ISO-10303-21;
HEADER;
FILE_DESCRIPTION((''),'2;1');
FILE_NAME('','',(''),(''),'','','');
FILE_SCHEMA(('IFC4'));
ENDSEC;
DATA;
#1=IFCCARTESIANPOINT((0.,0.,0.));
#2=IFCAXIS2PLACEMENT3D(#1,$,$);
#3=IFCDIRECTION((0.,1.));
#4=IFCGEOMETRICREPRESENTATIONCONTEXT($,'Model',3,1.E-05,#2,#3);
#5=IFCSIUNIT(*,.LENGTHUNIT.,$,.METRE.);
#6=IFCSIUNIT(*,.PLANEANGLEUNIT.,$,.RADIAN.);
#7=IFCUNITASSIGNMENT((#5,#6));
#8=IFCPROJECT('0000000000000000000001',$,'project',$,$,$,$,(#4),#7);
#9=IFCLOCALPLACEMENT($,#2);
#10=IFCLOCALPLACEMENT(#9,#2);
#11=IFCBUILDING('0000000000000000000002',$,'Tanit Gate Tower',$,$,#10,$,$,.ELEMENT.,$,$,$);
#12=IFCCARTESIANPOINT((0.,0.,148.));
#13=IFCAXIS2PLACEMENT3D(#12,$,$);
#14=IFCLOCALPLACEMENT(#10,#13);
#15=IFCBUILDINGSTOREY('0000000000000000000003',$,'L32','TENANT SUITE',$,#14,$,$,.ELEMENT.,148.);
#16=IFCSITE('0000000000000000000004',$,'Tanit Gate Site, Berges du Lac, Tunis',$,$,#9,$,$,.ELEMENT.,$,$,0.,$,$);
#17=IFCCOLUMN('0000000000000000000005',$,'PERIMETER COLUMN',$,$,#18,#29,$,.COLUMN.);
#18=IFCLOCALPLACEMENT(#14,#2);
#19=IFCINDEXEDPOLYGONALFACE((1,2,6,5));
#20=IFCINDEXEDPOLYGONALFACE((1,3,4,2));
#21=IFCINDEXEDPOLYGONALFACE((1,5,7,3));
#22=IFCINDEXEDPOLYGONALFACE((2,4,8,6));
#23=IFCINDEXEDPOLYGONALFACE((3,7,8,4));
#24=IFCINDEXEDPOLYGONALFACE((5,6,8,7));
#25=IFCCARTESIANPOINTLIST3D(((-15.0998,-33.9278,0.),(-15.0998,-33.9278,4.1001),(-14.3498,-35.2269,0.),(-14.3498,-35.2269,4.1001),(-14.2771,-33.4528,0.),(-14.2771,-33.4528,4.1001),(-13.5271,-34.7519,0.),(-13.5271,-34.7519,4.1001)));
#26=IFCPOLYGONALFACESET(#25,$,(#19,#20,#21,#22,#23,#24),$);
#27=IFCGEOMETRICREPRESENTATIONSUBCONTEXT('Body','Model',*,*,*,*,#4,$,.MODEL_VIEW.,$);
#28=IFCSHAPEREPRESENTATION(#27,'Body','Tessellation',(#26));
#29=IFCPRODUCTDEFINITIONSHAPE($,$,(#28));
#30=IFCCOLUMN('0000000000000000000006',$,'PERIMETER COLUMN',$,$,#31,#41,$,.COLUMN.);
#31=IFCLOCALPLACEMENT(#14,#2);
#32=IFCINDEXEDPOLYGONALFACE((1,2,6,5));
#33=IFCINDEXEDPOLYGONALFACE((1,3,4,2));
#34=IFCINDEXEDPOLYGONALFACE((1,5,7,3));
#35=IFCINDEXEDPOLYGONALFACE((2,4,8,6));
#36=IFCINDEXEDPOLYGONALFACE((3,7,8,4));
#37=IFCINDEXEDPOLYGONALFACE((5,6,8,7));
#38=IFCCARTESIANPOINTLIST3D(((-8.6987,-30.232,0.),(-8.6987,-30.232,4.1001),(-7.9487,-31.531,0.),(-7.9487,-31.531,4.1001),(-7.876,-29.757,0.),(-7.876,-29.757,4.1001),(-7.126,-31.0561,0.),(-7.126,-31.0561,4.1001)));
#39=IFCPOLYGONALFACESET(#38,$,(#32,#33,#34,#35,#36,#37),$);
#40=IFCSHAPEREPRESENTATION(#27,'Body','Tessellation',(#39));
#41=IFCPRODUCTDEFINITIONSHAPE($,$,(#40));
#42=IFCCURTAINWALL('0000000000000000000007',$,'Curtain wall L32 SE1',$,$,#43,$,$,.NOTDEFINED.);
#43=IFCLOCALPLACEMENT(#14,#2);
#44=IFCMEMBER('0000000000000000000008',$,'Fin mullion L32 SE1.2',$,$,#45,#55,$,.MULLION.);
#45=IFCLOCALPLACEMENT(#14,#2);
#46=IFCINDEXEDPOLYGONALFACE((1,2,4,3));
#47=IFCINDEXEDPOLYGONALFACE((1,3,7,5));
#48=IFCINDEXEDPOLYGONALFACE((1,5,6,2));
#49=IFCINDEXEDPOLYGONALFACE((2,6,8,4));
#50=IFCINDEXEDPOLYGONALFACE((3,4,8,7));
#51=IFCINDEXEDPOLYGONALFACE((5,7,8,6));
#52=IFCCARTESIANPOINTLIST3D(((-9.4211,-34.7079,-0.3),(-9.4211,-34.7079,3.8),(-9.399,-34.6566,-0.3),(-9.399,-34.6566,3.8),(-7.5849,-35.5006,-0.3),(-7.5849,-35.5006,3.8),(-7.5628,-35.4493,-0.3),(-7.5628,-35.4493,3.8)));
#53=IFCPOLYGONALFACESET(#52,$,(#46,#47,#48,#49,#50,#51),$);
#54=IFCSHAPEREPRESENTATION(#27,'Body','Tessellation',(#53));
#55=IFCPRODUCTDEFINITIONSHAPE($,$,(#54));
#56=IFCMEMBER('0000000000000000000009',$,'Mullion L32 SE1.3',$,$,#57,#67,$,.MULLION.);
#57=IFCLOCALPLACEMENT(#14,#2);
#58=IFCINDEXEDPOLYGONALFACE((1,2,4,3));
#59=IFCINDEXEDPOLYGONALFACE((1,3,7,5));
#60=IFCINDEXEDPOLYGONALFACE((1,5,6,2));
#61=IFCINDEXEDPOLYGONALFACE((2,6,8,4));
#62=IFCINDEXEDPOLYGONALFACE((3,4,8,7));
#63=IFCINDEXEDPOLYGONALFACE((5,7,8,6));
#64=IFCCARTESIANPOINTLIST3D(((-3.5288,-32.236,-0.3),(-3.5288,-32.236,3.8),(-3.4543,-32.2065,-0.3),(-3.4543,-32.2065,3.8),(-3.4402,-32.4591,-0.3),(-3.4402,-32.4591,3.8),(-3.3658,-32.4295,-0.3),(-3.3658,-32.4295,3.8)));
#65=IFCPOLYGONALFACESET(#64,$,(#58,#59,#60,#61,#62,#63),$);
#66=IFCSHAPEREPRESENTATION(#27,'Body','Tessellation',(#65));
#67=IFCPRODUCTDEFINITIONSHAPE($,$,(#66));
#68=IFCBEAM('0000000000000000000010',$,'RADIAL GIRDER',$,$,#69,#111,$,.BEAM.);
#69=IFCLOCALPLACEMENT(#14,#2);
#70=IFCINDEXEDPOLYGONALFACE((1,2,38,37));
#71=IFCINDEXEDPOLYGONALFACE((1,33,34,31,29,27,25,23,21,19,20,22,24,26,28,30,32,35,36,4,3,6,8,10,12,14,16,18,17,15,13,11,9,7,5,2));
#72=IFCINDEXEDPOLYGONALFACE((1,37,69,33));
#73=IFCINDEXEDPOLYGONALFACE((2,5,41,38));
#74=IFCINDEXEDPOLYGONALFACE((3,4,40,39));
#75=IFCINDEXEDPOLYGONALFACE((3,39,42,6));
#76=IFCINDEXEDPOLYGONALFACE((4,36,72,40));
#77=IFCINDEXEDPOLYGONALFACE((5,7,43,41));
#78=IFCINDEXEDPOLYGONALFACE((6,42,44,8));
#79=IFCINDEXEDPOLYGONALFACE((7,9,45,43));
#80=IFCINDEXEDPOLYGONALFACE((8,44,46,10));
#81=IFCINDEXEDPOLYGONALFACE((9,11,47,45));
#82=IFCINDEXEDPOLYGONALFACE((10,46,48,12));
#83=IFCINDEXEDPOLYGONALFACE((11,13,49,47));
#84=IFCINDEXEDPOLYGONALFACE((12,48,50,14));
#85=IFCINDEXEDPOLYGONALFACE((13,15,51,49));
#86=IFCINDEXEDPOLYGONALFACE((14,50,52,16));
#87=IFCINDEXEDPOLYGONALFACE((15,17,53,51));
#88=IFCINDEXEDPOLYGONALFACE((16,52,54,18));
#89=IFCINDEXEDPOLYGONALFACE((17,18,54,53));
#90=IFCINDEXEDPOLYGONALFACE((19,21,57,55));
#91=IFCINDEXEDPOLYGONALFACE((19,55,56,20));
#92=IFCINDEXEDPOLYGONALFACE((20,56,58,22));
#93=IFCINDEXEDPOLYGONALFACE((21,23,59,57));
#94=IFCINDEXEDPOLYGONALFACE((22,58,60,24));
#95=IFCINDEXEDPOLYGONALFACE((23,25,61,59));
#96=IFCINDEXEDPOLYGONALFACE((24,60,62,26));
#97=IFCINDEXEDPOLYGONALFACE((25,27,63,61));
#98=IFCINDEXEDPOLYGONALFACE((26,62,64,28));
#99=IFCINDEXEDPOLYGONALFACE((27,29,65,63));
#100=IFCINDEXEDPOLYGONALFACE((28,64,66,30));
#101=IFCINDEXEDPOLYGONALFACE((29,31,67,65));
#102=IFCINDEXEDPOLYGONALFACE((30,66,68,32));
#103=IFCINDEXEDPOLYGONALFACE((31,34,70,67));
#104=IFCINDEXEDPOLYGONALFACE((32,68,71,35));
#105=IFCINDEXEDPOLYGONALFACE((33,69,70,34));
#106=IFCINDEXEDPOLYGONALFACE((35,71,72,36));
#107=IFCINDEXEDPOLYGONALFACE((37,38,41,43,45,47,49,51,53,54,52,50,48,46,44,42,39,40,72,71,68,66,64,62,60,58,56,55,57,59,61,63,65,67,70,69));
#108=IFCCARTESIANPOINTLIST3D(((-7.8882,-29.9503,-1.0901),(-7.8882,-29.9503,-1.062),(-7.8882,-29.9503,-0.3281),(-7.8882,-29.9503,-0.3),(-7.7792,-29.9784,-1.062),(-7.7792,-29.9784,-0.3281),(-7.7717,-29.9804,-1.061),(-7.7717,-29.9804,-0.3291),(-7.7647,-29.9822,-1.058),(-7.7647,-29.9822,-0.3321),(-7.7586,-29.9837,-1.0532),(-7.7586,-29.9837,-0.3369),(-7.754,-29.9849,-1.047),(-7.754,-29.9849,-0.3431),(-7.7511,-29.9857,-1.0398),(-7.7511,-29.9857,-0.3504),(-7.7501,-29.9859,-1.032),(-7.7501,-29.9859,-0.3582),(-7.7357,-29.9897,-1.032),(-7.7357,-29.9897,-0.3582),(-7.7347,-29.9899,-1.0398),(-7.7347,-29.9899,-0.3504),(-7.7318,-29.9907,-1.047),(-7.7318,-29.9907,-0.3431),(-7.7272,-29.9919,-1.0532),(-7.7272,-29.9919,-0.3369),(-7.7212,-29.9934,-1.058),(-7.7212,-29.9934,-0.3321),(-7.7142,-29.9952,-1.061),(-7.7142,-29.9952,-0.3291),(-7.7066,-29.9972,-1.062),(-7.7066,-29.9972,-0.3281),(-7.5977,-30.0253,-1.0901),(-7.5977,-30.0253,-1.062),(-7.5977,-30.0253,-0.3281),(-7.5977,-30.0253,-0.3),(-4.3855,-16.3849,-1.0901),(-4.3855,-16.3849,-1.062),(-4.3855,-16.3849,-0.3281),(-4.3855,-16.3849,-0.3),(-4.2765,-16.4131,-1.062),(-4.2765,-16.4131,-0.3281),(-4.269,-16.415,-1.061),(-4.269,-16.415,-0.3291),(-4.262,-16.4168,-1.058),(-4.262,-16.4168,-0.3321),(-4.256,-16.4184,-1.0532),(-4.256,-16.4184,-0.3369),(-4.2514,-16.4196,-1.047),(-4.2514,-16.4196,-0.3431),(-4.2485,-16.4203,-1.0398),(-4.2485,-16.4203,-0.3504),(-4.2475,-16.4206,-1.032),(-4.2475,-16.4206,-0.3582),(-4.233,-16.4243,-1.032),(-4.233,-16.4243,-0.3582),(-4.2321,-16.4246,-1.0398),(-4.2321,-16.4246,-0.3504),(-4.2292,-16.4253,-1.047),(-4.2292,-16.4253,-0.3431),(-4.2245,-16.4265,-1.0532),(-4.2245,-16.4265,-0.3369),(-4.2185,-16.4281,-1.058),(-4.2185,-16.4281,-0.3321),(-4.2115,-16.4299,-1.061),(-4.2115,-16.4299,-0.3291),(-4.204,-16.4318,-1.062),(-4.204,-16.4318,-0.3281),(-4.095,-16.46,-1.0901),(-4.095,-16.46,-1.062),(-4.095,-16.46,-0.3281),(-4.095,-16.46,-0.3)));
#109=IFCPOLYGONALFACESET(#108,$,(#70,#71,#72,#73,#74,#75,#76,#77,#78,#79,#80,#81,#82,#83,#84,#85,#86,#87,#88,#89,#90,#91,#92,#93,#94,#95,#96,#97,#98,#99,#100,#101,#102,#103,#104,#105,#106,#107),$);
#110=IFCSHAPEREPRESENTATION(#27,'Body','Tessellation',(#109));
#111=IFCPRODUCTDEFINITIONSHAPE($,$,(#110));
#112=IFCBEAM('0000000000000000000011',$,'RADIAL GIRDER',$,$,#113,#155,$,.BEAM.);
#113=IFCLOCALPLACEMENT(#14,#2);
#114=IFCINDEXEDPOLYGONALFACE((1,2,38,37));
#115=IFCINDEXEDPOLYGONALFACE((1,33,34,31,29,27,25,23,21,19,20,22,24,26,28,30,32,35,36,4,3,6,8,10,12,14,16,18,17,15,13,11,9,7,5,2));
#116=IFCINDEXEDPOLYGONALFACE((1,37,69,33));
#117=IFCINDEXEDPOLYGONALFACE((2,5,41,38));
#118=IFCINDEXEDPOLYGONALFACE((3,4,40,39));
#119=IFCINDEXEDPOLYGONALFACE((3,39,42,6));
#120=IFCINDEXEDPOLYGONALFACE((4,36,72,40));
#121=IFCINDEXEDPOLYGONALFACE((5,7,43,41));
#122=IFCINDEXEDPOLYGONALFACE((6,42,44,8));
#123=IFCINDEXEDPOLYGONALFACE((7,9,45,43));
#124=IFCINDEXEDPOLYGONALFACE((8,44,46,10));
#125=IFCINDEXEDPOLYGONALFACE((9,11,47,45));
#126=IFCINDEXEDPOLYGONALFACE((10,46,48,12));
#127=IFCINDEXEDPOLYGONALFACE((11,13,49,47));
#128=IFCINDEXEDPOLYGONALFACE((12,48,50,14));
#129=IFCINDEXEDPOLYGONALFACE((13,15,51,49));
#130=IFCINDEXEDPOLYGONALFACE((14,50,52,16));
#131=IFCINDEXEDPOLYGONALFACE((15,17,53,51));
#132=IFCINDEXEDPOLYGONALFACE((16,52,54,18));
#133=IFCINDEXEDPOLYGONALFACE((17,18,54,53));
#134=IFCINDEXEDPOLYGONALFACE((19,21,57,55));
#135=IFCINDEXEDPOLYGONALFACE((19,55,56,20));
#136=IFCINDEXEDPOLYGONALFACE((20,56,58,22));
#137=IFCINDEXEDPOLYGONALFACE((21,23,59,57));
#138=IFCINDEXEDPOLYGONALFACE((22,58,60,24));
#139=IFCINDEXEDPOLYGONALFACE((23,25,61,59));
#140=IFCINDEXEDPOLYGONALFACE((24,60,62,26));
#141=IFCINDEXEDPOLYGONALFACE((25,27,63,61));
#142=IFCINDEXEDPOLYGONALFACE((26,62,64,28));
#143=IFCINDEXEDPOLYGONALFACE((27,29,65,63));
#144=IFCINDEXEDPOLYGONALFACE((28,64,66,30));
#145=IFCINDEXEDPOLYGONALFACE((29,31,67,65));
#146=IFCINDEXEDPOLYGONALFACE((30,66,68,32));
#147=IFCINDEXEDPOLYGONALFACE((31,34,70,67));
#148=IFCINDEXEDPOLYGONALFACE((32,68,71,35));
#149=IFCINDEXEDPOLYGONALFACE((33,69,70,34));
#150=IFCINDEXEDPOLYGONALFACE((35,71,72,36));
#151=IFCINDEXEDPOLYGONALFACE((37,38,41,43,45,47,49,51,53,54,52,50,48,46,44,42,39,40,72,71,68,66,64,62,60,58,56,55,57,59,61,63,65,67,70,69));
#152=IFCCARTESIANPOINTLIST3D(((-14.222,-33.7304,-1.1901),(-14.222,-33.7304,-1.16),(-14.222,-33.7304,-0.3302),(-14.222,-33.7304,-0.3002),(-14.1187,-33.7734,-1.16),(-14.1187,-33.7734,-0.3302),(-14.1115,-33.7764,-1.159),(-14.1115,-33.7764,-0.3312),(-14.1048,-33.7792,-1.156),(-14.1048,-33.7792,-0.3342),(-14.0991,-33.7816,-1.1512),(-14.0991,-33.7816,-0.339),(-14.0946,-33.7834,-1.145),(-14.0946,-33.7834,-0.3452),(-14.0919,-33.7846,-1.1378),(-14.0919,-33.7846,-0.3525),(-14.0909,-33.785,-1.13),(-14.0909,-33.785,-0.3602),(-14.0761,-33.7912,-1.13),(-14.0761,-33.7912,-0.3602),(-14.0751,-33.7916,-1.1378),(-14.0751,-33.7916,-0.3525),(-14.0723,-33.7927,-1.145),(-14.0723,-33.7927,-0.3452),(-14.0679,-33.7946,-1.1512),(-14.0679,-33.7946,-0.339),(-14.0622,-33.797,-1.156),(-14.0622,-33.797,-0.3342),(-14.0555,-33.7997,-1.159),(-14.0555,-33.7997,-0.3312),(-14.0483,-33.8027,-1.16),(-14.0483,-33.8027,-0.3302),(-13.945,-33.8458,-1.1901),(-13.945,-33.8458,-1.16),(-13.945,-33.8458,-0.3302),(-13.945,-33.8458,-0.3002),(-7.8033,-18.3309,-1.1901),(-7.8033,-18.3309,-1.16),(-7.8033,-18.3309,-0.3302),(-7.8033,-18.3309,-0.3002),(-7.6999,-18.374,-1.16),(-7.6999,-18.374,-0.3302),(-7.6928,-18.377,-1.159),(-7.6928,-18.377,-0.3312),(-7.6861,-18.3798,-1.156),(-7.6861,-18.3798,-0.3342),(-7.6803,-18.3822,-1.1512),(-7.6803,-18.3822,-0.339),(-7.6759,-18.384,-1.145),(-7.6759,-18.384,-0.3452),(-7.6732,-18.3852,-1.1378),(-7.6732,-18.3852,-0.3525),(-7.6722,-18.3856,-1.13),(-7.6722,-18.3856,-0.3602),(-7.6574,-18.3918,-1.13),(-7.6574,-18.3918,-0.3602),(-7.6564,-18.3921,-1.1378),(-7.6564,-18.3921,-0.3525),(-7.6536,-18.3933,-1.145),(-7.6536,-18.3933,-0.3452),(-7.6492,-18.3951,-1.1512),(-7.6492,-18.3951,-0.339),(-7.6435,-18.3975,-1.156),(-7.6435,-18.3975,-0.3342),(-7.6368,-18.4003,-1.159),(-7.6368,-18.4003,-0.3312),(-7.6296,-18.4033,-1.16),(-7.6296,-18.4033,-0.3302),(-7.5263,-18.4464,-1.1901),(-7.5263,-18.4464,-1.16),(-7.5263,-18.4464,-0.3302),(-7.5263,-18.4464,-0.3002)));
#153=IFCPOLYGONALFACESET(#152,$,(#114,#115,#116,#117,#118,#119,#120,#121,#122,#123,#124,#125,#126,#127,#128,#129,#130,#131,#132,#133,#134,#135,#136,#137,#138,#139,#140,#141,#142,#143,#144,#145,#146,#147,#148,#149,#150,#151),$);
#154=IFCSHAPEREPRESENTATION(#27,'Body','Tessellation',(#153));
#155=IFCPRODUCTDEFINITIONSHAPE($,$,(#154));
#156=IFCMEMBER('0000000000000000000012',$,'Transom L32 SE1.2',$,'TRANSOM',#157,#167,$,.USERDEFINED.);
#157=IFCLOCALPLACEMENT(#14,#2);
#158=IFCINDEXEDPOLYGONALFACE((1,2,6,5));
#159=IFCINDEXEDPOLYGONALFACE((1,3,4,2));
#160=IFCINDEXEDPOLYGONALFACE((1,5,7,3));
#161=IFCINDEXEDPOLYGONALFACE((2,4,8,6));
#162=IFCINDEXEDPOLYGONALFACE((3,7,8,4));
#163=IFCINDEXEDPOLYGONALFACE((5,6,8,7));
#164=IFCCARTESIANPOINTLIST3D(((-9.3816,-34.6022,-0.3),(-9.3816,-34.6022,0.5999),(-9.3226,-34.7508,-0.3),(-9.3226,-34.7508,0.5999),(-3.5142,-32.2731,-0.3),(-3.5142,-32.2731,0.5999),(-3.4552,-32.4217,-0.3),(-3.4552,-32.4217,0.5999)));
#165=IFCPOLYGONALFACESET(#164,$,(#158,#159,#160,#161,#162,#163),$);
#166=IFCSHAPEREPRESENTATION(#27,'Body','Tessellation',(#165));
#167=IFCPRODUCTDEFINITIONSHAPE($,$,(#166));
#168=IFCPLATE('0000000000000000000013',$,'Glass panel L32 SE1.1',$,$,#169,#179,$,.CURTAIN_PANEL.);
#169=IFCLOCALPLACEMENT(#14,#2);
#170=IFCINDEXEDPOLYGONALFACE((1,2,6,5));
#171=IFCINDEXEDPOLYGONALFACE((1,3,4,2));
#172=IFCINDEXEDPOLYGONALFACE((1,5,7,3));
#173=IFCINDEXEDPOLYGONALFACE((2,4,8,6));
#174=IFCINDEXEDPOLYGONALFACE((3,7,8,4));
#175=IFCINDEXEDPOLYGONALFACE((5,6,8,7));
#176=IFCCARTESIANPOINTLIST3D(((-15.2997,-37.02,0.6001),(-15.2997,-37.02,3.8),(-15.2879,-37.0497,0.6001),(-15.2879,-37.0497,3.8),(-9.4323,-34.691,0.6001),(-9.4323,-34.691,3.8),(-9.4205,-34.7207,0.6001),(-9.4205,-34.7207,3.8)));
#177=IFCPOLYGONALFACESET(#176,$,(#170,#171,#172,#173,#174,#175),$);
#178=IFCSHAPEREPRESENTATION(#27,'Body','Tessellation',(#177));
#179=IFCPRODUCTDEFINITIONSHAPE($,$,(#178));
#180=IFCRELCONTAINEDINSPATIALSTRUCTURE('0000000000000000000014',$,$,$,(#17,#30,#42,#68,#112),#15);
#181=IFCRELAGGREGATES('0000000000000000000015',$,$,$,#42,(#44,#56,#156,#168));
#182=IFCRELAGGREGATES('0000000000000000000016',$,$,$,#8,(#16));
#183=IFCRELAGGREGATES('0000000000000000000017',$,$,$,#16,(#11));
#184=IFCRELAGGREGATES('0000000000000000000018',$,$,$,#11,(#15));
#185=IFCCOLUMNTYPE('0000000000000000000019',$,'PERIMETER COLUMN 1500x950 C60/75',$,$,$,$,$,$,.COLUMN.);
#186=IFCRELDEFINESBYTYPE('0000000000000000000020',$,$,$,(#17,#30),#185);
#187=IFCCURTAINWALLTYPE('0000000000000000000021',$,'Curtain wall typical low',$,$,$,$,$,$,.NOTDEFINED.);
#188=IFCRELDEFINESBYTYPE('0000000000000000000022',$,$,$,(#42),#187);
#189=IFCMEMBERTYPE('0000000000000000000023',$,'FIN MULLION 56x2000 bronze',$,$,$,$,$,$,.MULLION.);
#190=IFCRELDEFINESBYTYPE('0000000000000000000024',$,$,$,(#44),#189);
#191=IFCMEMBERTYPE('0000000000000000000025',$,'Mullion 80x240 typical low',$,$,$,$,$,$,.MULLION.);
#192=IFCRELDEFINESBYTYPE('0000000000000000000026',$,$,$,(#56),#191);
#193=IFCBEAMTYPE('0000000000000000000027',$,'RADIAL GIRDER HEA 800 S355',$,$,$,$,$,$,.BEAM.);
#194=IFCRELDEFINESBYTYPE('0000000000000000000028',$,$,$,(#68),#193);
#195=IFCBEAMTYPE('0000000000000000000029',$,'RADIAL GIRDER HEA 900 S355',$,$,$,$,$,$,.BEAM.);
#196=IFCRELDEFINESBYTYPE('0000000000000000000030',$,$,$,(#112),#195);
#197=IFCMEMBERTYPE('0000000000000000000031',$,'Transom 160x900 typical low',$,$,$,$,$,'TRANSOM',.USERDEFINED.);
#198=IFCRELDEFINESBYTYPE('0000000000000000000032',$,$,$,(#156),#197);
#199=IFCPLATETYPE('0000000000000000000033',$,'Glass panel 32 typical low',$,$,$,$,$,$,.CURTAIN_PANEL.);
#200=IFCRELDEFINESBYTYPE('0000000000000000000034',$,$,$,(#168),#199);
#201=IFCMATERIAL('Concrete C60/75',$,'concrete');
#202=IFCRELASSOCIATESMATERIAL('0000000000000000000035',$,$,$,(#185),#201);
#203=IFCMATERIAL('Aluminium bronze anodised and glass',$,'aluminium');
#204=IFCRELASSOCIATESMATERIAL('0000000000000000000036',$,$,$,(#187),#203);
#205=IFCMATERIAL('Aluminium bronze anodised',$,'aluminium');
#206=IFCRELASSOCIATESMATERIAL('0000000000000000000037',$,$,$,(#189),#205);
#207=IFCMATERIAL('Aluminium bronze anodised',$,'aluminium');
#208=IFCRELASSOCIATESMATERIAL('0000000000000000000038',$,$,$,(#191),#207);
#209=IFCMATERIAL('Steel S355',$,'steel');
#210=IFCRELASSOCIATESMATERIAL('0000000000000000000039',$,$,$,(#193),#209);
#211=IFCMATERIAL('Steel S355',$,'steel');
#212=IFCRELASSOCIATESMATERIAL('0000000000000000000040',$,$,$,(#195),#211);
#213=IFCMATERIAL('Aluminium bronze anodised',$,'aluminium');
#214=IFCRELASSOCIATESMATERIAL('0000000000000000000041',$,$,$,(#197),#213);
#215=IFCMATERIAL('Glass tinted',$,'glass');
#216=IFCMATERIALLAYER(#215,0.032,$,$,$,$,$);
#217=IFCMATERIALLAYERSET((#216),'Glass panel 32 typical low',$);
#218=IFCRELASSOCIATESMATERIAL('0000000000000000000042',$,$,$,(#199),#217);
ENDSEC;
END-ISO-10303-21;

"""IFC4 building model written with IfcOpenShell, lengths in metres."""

from ifc_helpers import new_model, si_unit, direction, frame, origin, origin_2d, place, context, subcontext, project, spatial, rectangle, i_section, extrude, material, layer, layer_set, material_profile, profile_set, type_object, element, aggregate, save


model = new_model("IFC4")

# Units and contexts
model_context = context("Model", 3, precision=1e-05, world=origin(), true_north=direction((0.0, 1.0)))
body_context = subcontext(model_context, "Body", "Model", "MODEL_VIEW")
ifc_project = project(units=[si_unit("LENGTHUNIT", "METRE"), si_unit("PLANEANGLEUNIT", "RADIAN")], contexts=[model_context])

# Site, building, storey
site_placement = place(None, origin())
site = spatial("IfcSite", under=ifc_project, at=site_placement, Name="Tanit Gate Site, Berges du Lac, Tunis", CompositionType="ELEMENT", RefElevation=0.0)
building_placement = place(site_placement, origin())
building = spatial("IfcBuilding", under=site, at=building_placement, Name="Tanit Gate Tower", CompositionType="ELEMENT")
storey_placement = place(building_placement, frame((0.0, 0.0, 148.0)))
storey = spatial("IfcBuildingStorey", under=building, at=storey_placement, Name="L32", Description="TENANT SUITE", CompositionType="ELEMENT", Elevation=148.0)

# Columns
ifc_material_1 = material(Name="Concrete C60/75", Category="concrete")
ifc_material_profile_1 = material_profile(ifc_material_1, rectangle(XDim=1.5, YDim=0.95, at=origin_2d()), Name="RC 1500x950")
ifc_profile_set_1 = profile_set([ifc_material_profile_1], Name="Concrete C60/75")
column_type = type_object("IfcColumnType", Name="PERIMETER COLUMN 1500x950 C60/75", PredefinedType="COLUMN", material=ifc_profile_set_1)
for number, where, z_axis, x_axis, name in (
    (1, (-14.3135, -34.3398, 0.0), (0.0, 0.0, 1.0), (0.5, -0.866025, 0.0), "PERIMETER COLUMN"),
    (2, (-7.9124, -30.644, 0.0), (0.0, 0.0, 1.0), (0.5, -0.866025, 0.0), "PERIMETER COLUMN"),
):
    element("IfcColumn", number, at=place(storey_placement, frame(where, z_axis=z_axis, x_axis=x_axis)), inside=storey, type_object=column_type, Name=name, PredefinedType="COLUMN", context=body_context, shape_type="SweptSolid", body=[
        extrude(rectangle(XDim=1.5, YDim=0.95, at=origin_2d()), origin(), (0.0, 0.0, 1.0), 4.1001),
    ])

# Curtain wall, members
ifc_material_2 = material(Name="Aluminium bronze anodised and glass", Category="aluminium")
curtain_wall_type = type_object("IfcCurtainWallType", Name="Curtain wall typical low", PredefinedType="NOTDEFINED", material=ifc_material_2)
curtain_wall_placement = place(storey_placement, origin())
curtain_wall = element("IfcCurtainWall", 3, at=curtain_wall_placement, inside=storey, type_object=curtain_wall_type, Name="Curtain wall L32 SE1", PredefinedType="NOTDEFINED")
ifc_material_3 = material(Name="Aluminium bronze anodised", Category="aluminium")
ifc_material_profile_2 = material_profile(ifc_material_3, rectangle(XDim=2.0, YDim=0.0559, at=origin_2d()), Name="56x2000 bronze fin mullion")
ifc_profile_set_2 = profile_set([ifc_material_profile_2], Name="Aluminium bronze anodised")
member_type_1 = type_object("IfcMemberType", Name="FIN MULLION 56x2000 bronze", PredefinedType="MULLION", material=ifc_profile_set_2)
member_1_placement = place(storey_placement, frame((-8.4919, -35.0786, -0.3), z_axis=(0.0, 0.0, 1.0), x_axis=(-0.918102, 0.396345, 0.0)))
member_1 = element("IfcMember", 4, at=member_1_placement, type_object=member_type_1, Name="Fin mullion L32 SE1.2", PredefinedType="MULLION", context=body_context, shape_type="SweptSolid", body=[
    extrude(rectangle(XDim=2.0, YDim=0.0559, at=origin_2d()), origin(), (0.0, 0.0, 1.0), 4.1001),
])
ifc_material_4 = material(Name="Aluminium bronze anodised", Category="aluminium")
ifc_material_profile_3 = material_profile(ifc_material_4, rectangle(XDim=0.24, YDim=0.0801, at=origin_2d()), Name="80x240 bronze mullion")
ifc_profile_set_3 = profile_set([ifc_material_profile_3], Name="Aluminium bronze anodised")
member_type_2 = type_object("IfcMemberType", Name="Mullion 80x240 typical low", PredefinedType="MULLION", material=ifc_profile_set_3)
member_2_placement = place(storey_placement, frame((-3.4473, -32.3328, -0.3), z_axis=(0.0, 0.0, 1.0), x_axis=(-0.368938, 0.929454, 0.0)))
member_2 = element("IfcMember", 5, at=member_2_placement, type_object=member_type_2, Name="Mullion L32 SE1.3", PredefinedType="MULLION", context=body_context, shape_type="SweptSolid", body=[
    extrude(rectangle(XDim=0.24, YDim=0.0801, at=origin_2d()), origin(), (0.0, 0.0, 1.0), 4.1001),
])

# Beams
ifc_material_5 = material(Name="Steel S355", Category="steel")
ifc_material_profile_4 = material_profile(ifc_material_5, i_section(OverallWidth=0.3, OverallDepth=0.79, WebThickness=0.0149, FlangeThickness=0.0281, FilletRadius=0.03, at=origin_2d()), Name="HEA 800")
ifc_profile_set_4 = profile_set([ifc_material_profile_4], Name="Steel S355")
beam_type_1 = type_object("IfcBeamType", Name="RADIAL GIRDER HEA 800 S355", PredefinedType="BEAM", material=ifc_profile_set_4)
beam_1_placement = place(storey_placement, frame((-7.7429, -29.9878, -0.6951), z_axis=(0.250007, 0.968244, 0.0), x_axis=(-0.968244, 0.250007, 0.0)))
element("IfcBeam", 6, at=beam_1_placement, inside=storey, type_object=beam_type_1, Name="RADIAL GIRDER", PredefinedType="BEAM", context=body_context, shape_type="SweptSolid", body=[
    extrude(i_section(OverallWidth=0.3, OverallDepth=0.79, WebThickness=0.0149, FlangeThickness=0.0281, FilletRadius=0.03, at=origin_2d()), origin(), (0.0, 0.0, 1.0), 14.0103),
])
ifc_material_6 = material(Name="Steel S355", Category="steel")
ifc_material_profile_5 = material_profile(ifc_material_6, i_section(OverallWidth=0.3, OverallDepth=0.8899, WebThickness=0.0161, FlangeThickness=0.03, FilletRadius=0.03, at=origin_2d()), Name="HEA 900")
ifc_profile_set_5 = profile_set([ifc_material_profile_5], Name="Steel S355")
beam_type_2 = type_object("IfcBeamType", Name="RADIAL GIRDER HEA 900 S355", PredefinedType="BEAM", material=ifc_profile_set_5)
beam_2_placement = place(storey_placement, frame((-14.0835, -33.7881, -0.7451), z_axis=(0.384732, 0.923028, 0.0), x_axis=(-0.923028, 0.384732, 0.0)))
element("IfcBeam", 7, at=beam_2_placement, inside=storey, type_object=beam_type_2, Name="RADIAL GIRDER", PredefinedType="BEAM", context=body_context, shape_type="SweptSolid", body=[
    extrude(i_section(OverallWidth=0.3, OverallDepth=0.8899, WebThickness=0.0161, FlangeThickness=0.03, FilletRadius=0.03, at=origin_2d()), origin(), (0.0, 0.0, 1.0), 16.6836),
])

# Member
ifc_material_7 = material(Name="Aluminium bronze anodised", Category="aluminium")
ifc_material_profile_6 = material_profile(ifc_material_7, rectangle(XDim=0.1599, YDim=0.8999, at=origin_2d()), Name="160x900 bronze transom")
ifc_profile_set_6 = profile_set([ifc_material_profile_6], Name="Aluminium bronze anodised")
member_type_3 = type_object("IfcMemberType", Name="Transom 160x900 typical low", ElementType="TRANSOM", PredefinedType="USERDEFINED", material=ifc_profile_set_6)
member_3_placement = place(storey_placement, frame((-9.3521, -34.6765, 0.1499), z_axis=(0.92945, 0.368949, 0.0), x_axis=(-0.368949, 0.92945, 0.0)))
member_3 = element("IfcMember", 8, at=member_3_placement, type_object=member_type_3, Name="Transom L32 SE1.2", ObjectType="TRANSOM", PredefinedType="USERDEFINED", context=body_context, shape_type="SweptSolid", body=[
    extrude(rectangle(XDim=0.1599, YDim=0.8999, at=origin_2d()), origin(), (0.0, 0.0, 1.0), 6.3127),
])

# Plate
ifc_material_8 = material(Name="Glass tinted", Category="glass")
ifc_layer_1 = layer(ifc_material_8, 0.032)
ifc_layer_set_1 = layer_set([ifc_layer_1], Name="Glass panel 32 typical low")
plate_type = type_object("IfcPlateType", Name="Glass panel 32 typical low", PredefinedType="CURTAIN_PANEL", material=ifc_layer_set_1)
plate_1_placement = place(storey_placement, frame((-12.3601, -35.8704, 0.6001), z_axis=(0.0, 0.0, 1.0), x_axis=(0.929454, 0.368938, 0.0)))
plate_1 = element("IfcPlate", 9, at=plate_1_placement, type_object=plate_type, Name="Glass panel L32 SE1.1", PredefinedType="CURTAIN_PANEL", context=body_context, shape_type="SweptSolid", body=[
    extrude(rectangle(XDim=6.3127, YDim=0.032, at=origin_2d()), origin(), (0.0, 0.0, 1.0), 3.2),
])
aggregate(curtain_wall, [member_1, member_2, member_3, plate_1])

save(model, "model.ifc")
